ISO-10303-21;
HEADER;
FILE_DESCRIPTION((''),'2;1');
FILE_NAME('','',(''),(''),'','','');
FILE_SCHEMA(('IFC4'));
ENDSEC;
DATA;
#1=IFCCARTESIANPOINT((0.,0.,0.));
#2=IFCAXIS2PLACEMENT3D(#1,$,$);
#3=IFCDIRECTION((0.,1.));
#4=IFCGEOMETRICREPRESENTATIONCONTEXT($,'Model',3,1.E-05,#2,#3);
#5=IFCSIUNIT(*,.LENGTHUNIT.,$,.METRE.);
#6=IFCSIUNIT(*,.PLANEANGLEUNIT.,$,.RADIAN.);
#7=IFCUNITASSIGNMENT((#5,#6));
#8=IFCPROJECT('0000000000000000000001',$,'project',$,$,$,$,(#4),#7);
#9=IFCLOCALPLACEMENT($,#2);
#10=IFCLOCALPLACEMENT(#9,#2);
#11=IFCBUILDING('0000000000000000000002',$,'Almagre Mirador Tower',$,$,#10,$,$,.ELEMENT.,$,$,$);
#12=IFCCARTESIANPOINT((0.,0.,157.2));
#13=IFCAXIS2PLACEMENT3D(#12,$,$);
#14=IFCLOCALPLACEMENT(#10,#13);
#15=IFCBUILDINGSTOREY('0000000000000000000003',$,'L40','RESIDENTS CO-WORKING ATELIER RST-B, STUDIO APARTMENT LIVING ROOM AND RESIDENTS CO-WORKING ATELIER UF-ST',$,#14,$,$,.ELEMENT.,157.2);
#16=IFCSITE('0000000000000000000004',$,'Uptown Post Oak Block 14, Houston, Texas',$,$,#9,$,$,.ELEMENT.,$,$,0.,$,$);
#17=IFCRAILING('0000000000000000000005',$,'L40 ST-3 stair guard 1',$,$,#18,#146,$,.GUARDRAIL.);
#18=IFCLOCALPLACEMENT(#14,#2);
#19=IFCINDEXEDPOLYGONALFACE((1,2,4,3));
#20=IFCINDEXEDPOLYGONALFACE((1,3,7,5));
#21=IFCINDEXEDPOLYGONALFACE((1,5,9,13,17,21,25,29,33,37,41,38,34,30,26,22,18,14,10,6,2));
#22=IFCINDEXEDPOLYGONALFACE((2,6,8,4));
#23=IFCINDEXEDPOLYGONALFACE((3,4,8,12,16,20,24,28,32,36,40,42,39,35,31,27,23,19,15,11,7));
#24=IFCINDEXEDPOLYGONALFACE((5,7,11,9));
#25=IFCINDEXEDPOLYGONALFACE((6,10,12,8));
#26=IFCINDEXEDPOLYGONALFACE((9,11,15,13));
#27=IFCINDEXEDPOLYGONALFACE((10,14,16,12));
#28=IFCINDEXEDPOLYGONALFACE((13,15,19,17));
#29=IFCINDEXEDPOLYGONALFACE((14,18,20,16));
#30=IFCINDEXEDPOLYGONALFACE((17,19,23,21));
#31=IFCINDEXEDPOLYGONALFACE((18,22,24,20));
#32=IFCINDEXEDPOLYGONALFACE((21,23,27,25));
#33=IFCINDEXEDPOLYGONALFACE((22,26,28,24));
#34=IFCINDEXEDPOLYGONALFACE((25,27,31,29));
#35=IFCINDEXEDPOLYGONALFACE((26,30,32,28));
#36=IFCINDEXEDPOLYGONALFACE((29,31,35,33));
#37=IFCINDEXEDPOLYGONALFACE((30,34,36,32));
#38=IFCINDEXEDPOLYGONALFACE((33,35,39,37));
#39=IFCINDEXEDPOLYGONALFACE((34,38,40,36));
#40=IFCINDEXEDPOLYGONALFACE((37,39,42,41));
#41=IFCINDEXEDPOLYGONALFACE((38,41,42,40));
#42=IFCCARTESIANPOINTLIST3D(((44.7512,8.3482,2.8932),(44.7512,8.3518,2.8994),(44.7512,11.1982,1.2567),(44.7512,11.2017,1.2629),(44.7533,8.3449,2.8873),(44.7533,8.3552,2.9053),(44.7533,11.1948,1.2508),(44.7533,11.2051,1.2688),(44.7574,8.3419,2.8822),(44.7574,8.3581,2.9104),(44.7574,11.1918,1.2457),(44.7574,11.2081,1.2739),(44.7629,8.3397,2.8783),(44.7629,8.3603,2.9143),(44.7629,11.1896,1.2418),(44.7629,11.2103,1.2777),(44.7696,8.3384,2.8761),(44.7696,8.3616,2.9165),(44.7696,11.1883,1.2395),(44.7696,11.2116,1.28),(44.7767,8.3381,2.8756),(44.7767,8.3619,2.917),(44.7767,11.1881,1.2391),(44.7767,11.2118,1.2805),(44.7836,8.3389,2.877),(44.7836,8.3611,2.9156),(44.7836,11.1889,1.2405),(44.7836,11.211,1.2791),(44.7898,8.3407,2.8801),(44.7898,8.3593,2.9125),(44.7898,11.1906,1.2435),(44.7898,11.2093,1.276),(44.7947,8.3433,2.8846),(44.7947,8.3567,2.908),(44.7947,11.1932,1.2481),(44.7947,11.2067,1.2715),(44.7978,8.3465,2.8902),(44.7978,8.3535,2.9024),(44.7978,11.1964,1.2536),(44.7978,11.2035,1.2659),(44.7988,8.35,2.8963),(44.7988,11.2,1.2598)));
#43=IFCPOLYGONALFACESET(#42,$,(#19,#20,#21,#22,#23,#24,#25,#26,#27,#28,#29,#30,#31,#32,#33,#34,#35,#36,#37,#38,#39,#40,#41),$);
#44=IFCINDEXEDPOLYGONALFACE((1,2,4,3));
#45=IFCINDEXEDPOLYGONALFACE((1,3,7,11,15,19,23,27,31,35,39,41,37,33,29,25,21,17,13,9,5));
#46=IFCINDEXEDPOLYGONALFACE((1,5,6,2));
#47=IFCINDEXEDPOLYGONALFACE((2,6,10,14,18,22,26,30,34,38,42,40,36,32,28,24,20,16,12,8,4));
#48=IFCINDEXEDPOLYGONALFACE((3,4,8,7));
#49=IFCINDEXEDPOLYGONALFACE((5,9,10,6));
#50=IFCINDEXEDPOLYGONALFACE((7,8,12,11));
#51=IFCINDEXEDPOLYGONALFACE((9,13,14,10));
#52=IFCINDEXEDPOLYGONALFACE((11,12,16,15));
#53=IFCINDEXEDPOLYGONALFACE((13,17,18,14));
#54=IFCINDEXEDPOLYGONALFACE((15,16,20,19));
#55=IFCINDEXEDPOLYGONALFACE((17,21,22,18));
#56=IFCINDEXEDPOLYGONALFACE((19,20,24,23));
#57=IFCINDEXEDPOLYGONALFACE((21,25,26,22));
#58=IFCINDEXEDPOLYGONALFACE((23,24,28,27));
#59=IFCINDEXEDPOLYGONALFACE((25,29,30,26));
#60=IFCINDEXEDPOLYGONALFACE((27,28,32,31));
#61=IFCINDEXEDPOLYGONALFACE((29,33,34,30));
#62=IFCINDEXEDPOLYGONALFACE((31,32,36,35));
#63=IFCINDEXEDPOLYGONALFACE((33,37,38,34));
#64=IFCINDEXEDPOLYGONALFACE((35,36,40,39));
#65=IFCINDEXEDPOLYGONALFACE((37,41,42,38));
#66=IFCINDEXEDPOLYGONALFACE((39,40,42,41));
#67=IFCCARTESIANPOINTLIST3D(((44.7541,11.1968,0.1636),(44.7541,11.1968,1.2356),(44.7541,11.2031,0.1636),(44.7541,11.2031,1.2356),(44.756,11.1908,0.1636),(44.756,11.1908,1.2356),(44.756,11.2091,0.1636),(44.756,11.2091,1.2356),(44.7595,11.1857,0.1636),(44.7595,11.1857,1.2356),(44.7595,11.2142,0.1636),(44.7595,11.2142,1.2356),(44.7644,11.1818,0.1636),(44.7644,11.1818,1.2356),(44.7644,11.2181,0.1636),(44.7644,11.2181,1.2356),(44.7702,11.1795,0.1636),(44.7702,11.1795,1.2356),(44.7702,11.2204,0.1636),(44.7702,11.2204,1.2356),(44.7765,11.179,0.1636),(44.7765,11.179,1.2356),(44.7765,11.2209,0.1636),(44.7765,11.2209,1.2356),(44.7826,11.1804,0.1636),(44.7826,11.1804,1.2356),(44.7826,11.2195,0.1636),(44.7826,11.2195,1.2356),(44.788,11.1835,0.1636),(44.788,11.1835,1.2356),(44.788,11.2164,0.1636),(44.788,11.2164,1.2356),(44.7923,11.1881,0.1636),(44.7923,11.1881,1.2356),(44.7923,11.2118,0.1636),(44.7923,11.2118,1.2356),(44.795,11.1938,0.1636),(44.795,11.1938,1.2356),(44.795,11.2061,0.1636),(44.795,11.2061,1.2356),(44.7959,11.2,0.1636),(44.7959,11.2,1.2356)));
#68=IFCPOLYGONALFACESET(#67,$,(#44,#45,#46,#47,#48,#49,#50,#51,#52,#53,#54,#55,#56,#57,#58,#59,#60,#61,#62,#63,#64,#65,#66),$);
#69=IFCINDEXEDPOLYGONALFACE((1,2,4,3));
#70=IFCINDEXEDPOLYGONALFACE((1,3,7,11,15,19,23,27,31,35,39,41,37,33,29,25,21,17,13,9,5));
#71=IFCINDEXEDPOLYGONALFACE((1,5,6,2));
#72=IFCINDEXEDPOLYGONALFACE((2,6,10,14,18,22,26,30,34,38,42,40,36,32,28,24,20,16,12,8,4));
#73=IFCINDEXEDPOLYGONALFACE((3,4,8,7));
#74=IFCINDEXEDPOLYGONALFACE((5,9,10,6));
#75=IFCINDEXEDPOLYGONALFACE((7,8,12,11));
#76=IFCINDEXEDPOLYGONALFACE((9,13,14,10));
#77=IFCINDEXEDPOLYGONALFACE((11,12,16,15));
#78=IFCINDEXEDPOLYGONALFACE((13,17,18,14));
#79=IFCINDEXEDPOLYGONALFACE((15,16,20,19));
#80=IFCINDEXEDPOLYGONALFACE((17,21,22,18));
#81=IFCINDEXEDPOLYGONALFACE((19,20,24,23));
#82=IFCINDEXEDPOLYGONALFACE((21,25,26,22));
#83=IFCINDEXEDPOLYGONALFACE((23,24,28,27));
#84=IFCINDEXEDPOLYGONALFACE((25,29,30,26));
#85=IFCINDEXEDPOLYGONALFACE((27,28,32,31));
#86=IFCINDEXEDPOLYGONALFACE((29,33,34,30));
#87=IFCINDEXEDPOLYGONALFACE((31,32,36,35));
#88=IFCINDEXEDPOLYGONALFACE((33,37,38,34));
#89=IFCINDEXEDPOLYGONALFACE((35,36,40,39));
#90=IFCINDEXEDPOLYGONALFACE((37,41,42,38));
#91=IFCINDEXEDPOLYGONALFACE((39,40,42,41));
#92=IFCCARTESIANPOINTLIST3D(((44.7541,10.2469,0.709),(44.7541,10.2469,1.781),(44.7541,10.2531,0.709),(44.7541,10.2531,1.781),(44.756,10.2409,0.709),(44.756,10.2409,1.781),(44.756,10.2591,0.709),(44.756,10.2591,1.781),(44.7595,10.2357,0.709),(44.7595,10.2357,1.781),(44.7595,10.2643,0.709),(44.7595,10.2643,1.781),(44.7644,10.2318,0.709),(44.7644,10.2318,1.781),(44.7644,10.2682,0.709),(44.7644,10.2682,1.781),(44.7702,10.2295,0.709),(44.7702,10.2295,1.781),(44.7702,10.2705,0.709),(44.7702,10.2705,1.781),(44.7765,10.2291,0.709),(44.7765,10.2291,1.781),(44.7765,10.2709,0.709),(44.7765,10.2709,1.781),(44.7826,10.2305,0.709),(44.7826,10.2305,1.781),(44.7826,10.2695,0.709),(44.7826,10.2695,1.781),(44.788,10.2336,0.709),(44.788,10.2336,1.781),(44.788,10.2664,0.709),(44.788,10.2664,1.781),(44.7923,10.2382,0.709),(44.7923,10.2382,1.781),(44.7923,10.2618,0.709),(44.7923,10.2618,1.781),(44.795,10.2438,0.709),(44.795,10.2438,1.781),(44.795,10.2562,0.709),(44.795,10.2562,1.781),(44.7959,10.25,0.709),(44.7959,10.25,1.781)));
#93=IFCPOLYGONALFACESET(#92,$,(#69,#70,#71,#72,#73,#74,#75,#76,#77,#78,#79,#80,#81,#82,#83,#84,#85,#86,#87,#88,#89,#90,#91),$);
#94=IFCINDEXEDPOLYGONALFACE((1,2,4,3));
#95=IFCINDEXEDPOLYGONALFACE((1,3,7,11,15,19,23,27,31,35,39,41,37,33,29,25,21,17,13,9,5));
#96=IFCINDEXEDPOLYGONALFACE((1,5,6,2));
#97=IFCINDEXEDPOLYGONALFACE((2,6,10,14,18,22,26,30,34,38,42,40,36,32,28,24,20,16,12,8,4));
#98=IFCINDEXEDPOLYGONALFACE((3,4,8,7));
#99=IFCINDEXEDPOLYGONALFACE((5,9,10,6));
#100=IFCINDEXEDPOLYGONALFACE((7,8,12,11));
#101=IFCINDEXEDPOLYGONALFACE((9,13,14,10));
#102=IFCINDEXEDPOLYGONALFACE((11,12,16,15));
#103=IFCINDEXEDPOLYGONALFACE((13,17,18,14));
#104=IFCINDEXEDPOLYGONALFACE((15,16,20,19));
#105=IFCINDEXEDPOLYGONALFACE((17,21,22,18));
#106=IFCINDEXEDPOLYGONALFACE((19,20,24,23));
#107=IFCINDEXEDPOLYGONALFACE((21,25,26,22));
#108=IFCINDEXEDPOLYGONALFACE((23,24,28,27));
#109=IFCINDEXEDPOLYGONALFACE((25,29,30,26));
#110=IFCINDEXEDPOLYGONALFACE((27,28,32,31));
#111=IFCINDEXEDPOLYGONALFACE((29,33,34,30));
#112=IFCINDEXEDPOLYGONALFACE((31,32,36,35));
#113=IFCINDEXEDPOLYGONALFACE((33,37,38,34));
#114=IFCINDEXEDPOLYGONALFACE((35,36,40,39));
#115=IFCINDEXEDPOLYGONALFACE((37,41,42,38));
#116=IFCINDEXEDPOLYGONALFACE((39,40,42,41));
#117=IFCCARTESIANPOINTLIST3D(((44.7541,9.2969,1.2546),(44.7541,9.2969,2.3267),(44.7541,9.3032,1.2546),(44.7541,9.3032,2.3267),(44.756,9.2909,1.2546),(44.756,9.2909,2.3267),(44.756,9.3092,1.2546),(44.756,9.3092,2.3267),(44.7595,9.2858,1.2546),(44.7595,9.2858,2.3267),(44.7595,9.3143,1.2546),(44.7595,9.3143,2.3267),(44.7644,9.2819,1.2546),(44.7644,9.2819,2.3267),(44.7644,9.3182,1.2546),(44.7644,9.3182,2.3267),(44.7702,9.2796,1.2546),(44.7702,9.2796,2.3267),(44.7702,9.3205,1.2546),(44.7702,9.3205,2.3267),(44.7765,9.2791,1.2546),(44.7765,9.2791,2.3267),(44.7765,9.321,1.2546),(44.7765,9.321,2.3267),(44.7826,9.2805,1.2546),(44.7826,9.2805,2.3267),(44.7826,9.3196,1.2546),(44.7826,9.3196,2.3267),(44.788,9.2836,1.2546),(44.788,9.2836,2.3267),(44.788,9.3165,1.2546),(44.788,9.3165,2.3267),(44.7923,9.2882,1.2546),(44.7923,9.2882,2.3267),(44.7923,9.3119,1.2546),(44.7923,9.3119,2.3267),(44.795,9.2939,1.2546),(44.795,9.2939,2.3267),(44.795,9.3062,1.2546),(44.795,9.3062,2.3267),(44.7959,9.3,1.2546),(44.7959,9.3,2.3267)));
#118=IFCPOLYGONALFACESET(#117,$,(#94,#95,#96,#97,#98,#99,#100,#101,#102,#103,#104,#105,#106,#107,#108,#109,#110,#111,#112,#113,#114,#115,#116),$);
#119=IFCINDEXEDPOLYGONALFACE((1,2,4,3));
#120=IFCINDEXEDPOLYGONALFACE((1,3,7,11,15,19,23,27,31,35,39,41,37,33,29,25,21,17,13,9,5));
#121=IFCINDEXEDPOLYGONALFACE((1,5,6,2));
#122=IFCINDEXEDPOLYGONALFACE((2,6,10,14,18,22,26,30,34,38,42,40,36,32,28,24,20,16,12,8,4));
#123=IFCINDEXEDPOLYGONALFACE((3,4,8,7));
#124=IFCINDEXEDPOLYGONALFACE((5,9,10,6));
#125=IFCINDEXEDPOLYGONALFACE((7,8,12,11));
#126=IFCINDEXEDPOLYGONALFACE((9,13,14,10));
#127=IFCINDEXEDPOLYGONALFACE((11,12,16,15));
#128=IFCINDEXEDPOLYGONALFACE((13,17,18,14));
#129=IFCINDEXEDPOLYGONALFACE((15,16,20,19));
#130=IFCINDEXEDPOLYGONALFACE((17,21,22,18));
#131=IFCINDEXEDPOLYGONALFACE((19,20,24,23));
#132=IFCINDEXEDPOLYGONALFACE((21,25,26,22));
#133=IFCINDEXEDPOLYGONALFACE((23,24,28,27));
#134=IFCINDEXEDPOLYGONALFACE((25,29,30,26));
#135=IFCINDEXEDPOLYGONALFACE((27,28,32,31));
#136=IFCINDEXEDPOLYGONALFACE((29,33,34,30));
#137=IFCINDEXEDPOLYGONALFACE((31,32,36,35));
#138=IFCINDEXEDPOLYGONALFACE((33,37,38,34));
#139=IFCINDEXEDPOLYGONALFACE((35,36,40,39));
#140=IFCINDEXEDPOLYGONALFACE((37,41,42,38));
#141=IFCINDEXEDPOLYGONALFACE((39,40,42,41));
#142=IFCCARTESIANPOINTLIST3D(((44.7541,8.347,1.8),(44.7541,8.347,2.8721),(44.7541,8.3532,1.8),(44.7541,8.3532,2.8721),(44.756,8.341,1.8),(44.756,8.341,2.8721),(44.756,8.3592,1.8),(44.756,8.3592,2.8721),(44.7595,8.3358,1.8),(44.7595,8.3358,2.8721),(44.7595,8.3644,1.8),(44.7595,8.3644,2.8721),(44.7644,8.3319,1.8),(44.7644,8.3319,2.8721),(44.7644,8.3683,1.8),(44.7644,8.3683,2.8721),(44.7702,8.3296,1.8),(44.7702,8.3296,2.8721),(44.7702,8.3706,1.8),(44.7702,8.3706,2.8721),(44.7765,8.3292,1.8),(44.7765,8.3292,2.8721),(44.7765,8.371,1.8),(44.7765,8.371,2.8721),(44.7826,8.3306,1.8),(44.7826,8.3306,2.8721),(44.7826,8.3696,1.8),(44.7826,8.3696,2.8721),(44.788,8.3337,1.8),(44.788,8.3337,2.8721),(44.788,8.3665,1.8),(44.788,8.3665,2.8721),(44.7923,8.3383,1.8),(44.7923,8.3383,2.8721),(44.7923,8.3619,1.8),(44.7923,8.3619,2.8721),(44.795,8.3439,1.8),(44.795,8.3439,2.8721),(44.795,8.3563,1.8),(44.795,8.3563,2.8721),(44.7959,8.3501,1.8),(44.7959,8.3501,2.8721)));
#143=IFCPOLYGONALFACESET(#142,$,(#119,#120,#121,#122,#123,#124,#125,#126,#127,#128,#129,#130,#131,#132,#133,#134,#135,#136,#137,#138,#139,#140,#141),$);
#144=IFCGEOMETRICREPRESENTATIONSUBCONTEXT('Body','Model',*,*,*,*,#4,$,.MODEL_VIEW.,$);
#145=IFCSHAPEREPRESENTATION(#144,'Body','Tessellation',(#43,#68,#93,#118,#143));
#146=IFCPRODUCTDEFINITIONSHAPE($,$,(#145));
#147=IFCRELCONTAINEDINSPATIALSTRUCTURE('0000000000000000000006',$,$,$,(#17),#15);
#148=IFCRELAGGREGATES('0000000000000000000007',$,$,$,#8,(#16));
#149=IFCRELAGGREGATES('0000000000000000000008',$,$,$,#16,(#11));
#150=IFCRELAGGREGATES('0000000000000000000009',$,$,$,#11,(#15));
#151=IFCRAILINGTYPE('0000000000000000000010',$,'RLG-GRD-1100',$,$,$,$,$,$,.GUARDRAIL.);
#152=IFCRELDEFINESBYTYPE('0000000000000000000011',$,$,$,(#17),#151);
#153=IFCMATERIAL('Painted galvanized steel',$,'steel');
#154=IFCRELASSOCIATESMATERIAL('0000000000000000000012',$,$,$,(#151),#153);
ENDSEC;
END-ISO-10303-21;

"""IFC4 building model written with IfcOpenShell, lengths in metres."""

from ifc_helpers import new_model, si_unit, direction, frame, origin, origin_2d, place, context, subcontext, project, spatial, circle, extrude, material, type_object, element, save


model = new_model("IFC4")

# Units and contexts
model_context = context("Model", 3, precision=1e-05, world=origin(), true_north=direction((0.0, 1.0)))
body_context = subcontext(model_context, "Body", "Model", "MODEL_VIEW")
ifc_project = project(units=[si_unit("LENGTHUNIT", "METRE"), si_unit("PLANEANGLEUNIT", "RADIAN")], contexts=[model_context])

# Site, building, storey
site_placement = place(None, origin())
site = spatial("IfcSite", under=ifc_project, at=site_placement, Name="Uptown Post Oak Block 14, Houston, Texas", CompositionType="ELEMENT", RefElevation=0.0)
building_placement = place(site_placement, origin())
building = spatial("IfcBuilding", under=site, at=building_placement, Name="Almagre Mirador Tower", CompositionType="ELEMENT")
storey_placement = place(building_placement, frame((0.0, 0.0, 157.2)))
storey = spatial("IfcBuildingStorey", under=building, at=storey_placement, Name="L40", Description="RESIDENTS CO-WORKING ATELIER RST-B, STUDIO APARTMENT LIVING ROOM AND RESIDENTS CO-WORKING ATELIER UF-ST", CompositionType="ELEMENT", Elevation=157.2)

# Railing
ifc_material_1 = material(Name="Painted galvanized steel", Category="steel")
railing_type_1 = type_object("IfcRailingType", Name="RLG-GRD-1100", PredefinedType="GUARDRAIL", material=ifc_material_1)
railing_1_placement = place(storey_placement, frame((44.7749, 11.2, 0.1636)))
element("IfcRailing", 1, at=railing_1_placement, inside=storey, type_object=railing_type_1, Name="L40 ST-3 stair guard 1", PredefinedType="GUARDRAIL", context=body_context, shape_type="SweptSolid", body=[
    extrude(circle(Radius=0.0239, at=origin_2d()), frame((0.0, 0.0, 1.0962), z_axis=(0.0, -0.867194, 0.49797), x_axis=(1.0, 0.0, 0.0)), (0.0, 0.0, 1.0), 3.2864),
    extrude(circle(Radius=0.021, at=origin_2d()), origin(), (0.0, 0.0, 1.0), 1.072),
    extrude(circle(Radius=0.021, at=origin_2d()), frame((0.0, -0.95, 0.5454)), (0.0, 0.0, 1.0), 1.072),
    extrude(circle(Radius=0.021, at=origin_2d()), frame((0.0, -1.8999, 1.0911)), (0.0, 0.0, 1.0), 1.072),
    extrude(circle(Radius=0.021, at=origin_2d()), frame((0.0, -2.8499, 1.6365)), (0.0, 0.0, 1.0), 1.072),
])

save(model, "model.ifc")
